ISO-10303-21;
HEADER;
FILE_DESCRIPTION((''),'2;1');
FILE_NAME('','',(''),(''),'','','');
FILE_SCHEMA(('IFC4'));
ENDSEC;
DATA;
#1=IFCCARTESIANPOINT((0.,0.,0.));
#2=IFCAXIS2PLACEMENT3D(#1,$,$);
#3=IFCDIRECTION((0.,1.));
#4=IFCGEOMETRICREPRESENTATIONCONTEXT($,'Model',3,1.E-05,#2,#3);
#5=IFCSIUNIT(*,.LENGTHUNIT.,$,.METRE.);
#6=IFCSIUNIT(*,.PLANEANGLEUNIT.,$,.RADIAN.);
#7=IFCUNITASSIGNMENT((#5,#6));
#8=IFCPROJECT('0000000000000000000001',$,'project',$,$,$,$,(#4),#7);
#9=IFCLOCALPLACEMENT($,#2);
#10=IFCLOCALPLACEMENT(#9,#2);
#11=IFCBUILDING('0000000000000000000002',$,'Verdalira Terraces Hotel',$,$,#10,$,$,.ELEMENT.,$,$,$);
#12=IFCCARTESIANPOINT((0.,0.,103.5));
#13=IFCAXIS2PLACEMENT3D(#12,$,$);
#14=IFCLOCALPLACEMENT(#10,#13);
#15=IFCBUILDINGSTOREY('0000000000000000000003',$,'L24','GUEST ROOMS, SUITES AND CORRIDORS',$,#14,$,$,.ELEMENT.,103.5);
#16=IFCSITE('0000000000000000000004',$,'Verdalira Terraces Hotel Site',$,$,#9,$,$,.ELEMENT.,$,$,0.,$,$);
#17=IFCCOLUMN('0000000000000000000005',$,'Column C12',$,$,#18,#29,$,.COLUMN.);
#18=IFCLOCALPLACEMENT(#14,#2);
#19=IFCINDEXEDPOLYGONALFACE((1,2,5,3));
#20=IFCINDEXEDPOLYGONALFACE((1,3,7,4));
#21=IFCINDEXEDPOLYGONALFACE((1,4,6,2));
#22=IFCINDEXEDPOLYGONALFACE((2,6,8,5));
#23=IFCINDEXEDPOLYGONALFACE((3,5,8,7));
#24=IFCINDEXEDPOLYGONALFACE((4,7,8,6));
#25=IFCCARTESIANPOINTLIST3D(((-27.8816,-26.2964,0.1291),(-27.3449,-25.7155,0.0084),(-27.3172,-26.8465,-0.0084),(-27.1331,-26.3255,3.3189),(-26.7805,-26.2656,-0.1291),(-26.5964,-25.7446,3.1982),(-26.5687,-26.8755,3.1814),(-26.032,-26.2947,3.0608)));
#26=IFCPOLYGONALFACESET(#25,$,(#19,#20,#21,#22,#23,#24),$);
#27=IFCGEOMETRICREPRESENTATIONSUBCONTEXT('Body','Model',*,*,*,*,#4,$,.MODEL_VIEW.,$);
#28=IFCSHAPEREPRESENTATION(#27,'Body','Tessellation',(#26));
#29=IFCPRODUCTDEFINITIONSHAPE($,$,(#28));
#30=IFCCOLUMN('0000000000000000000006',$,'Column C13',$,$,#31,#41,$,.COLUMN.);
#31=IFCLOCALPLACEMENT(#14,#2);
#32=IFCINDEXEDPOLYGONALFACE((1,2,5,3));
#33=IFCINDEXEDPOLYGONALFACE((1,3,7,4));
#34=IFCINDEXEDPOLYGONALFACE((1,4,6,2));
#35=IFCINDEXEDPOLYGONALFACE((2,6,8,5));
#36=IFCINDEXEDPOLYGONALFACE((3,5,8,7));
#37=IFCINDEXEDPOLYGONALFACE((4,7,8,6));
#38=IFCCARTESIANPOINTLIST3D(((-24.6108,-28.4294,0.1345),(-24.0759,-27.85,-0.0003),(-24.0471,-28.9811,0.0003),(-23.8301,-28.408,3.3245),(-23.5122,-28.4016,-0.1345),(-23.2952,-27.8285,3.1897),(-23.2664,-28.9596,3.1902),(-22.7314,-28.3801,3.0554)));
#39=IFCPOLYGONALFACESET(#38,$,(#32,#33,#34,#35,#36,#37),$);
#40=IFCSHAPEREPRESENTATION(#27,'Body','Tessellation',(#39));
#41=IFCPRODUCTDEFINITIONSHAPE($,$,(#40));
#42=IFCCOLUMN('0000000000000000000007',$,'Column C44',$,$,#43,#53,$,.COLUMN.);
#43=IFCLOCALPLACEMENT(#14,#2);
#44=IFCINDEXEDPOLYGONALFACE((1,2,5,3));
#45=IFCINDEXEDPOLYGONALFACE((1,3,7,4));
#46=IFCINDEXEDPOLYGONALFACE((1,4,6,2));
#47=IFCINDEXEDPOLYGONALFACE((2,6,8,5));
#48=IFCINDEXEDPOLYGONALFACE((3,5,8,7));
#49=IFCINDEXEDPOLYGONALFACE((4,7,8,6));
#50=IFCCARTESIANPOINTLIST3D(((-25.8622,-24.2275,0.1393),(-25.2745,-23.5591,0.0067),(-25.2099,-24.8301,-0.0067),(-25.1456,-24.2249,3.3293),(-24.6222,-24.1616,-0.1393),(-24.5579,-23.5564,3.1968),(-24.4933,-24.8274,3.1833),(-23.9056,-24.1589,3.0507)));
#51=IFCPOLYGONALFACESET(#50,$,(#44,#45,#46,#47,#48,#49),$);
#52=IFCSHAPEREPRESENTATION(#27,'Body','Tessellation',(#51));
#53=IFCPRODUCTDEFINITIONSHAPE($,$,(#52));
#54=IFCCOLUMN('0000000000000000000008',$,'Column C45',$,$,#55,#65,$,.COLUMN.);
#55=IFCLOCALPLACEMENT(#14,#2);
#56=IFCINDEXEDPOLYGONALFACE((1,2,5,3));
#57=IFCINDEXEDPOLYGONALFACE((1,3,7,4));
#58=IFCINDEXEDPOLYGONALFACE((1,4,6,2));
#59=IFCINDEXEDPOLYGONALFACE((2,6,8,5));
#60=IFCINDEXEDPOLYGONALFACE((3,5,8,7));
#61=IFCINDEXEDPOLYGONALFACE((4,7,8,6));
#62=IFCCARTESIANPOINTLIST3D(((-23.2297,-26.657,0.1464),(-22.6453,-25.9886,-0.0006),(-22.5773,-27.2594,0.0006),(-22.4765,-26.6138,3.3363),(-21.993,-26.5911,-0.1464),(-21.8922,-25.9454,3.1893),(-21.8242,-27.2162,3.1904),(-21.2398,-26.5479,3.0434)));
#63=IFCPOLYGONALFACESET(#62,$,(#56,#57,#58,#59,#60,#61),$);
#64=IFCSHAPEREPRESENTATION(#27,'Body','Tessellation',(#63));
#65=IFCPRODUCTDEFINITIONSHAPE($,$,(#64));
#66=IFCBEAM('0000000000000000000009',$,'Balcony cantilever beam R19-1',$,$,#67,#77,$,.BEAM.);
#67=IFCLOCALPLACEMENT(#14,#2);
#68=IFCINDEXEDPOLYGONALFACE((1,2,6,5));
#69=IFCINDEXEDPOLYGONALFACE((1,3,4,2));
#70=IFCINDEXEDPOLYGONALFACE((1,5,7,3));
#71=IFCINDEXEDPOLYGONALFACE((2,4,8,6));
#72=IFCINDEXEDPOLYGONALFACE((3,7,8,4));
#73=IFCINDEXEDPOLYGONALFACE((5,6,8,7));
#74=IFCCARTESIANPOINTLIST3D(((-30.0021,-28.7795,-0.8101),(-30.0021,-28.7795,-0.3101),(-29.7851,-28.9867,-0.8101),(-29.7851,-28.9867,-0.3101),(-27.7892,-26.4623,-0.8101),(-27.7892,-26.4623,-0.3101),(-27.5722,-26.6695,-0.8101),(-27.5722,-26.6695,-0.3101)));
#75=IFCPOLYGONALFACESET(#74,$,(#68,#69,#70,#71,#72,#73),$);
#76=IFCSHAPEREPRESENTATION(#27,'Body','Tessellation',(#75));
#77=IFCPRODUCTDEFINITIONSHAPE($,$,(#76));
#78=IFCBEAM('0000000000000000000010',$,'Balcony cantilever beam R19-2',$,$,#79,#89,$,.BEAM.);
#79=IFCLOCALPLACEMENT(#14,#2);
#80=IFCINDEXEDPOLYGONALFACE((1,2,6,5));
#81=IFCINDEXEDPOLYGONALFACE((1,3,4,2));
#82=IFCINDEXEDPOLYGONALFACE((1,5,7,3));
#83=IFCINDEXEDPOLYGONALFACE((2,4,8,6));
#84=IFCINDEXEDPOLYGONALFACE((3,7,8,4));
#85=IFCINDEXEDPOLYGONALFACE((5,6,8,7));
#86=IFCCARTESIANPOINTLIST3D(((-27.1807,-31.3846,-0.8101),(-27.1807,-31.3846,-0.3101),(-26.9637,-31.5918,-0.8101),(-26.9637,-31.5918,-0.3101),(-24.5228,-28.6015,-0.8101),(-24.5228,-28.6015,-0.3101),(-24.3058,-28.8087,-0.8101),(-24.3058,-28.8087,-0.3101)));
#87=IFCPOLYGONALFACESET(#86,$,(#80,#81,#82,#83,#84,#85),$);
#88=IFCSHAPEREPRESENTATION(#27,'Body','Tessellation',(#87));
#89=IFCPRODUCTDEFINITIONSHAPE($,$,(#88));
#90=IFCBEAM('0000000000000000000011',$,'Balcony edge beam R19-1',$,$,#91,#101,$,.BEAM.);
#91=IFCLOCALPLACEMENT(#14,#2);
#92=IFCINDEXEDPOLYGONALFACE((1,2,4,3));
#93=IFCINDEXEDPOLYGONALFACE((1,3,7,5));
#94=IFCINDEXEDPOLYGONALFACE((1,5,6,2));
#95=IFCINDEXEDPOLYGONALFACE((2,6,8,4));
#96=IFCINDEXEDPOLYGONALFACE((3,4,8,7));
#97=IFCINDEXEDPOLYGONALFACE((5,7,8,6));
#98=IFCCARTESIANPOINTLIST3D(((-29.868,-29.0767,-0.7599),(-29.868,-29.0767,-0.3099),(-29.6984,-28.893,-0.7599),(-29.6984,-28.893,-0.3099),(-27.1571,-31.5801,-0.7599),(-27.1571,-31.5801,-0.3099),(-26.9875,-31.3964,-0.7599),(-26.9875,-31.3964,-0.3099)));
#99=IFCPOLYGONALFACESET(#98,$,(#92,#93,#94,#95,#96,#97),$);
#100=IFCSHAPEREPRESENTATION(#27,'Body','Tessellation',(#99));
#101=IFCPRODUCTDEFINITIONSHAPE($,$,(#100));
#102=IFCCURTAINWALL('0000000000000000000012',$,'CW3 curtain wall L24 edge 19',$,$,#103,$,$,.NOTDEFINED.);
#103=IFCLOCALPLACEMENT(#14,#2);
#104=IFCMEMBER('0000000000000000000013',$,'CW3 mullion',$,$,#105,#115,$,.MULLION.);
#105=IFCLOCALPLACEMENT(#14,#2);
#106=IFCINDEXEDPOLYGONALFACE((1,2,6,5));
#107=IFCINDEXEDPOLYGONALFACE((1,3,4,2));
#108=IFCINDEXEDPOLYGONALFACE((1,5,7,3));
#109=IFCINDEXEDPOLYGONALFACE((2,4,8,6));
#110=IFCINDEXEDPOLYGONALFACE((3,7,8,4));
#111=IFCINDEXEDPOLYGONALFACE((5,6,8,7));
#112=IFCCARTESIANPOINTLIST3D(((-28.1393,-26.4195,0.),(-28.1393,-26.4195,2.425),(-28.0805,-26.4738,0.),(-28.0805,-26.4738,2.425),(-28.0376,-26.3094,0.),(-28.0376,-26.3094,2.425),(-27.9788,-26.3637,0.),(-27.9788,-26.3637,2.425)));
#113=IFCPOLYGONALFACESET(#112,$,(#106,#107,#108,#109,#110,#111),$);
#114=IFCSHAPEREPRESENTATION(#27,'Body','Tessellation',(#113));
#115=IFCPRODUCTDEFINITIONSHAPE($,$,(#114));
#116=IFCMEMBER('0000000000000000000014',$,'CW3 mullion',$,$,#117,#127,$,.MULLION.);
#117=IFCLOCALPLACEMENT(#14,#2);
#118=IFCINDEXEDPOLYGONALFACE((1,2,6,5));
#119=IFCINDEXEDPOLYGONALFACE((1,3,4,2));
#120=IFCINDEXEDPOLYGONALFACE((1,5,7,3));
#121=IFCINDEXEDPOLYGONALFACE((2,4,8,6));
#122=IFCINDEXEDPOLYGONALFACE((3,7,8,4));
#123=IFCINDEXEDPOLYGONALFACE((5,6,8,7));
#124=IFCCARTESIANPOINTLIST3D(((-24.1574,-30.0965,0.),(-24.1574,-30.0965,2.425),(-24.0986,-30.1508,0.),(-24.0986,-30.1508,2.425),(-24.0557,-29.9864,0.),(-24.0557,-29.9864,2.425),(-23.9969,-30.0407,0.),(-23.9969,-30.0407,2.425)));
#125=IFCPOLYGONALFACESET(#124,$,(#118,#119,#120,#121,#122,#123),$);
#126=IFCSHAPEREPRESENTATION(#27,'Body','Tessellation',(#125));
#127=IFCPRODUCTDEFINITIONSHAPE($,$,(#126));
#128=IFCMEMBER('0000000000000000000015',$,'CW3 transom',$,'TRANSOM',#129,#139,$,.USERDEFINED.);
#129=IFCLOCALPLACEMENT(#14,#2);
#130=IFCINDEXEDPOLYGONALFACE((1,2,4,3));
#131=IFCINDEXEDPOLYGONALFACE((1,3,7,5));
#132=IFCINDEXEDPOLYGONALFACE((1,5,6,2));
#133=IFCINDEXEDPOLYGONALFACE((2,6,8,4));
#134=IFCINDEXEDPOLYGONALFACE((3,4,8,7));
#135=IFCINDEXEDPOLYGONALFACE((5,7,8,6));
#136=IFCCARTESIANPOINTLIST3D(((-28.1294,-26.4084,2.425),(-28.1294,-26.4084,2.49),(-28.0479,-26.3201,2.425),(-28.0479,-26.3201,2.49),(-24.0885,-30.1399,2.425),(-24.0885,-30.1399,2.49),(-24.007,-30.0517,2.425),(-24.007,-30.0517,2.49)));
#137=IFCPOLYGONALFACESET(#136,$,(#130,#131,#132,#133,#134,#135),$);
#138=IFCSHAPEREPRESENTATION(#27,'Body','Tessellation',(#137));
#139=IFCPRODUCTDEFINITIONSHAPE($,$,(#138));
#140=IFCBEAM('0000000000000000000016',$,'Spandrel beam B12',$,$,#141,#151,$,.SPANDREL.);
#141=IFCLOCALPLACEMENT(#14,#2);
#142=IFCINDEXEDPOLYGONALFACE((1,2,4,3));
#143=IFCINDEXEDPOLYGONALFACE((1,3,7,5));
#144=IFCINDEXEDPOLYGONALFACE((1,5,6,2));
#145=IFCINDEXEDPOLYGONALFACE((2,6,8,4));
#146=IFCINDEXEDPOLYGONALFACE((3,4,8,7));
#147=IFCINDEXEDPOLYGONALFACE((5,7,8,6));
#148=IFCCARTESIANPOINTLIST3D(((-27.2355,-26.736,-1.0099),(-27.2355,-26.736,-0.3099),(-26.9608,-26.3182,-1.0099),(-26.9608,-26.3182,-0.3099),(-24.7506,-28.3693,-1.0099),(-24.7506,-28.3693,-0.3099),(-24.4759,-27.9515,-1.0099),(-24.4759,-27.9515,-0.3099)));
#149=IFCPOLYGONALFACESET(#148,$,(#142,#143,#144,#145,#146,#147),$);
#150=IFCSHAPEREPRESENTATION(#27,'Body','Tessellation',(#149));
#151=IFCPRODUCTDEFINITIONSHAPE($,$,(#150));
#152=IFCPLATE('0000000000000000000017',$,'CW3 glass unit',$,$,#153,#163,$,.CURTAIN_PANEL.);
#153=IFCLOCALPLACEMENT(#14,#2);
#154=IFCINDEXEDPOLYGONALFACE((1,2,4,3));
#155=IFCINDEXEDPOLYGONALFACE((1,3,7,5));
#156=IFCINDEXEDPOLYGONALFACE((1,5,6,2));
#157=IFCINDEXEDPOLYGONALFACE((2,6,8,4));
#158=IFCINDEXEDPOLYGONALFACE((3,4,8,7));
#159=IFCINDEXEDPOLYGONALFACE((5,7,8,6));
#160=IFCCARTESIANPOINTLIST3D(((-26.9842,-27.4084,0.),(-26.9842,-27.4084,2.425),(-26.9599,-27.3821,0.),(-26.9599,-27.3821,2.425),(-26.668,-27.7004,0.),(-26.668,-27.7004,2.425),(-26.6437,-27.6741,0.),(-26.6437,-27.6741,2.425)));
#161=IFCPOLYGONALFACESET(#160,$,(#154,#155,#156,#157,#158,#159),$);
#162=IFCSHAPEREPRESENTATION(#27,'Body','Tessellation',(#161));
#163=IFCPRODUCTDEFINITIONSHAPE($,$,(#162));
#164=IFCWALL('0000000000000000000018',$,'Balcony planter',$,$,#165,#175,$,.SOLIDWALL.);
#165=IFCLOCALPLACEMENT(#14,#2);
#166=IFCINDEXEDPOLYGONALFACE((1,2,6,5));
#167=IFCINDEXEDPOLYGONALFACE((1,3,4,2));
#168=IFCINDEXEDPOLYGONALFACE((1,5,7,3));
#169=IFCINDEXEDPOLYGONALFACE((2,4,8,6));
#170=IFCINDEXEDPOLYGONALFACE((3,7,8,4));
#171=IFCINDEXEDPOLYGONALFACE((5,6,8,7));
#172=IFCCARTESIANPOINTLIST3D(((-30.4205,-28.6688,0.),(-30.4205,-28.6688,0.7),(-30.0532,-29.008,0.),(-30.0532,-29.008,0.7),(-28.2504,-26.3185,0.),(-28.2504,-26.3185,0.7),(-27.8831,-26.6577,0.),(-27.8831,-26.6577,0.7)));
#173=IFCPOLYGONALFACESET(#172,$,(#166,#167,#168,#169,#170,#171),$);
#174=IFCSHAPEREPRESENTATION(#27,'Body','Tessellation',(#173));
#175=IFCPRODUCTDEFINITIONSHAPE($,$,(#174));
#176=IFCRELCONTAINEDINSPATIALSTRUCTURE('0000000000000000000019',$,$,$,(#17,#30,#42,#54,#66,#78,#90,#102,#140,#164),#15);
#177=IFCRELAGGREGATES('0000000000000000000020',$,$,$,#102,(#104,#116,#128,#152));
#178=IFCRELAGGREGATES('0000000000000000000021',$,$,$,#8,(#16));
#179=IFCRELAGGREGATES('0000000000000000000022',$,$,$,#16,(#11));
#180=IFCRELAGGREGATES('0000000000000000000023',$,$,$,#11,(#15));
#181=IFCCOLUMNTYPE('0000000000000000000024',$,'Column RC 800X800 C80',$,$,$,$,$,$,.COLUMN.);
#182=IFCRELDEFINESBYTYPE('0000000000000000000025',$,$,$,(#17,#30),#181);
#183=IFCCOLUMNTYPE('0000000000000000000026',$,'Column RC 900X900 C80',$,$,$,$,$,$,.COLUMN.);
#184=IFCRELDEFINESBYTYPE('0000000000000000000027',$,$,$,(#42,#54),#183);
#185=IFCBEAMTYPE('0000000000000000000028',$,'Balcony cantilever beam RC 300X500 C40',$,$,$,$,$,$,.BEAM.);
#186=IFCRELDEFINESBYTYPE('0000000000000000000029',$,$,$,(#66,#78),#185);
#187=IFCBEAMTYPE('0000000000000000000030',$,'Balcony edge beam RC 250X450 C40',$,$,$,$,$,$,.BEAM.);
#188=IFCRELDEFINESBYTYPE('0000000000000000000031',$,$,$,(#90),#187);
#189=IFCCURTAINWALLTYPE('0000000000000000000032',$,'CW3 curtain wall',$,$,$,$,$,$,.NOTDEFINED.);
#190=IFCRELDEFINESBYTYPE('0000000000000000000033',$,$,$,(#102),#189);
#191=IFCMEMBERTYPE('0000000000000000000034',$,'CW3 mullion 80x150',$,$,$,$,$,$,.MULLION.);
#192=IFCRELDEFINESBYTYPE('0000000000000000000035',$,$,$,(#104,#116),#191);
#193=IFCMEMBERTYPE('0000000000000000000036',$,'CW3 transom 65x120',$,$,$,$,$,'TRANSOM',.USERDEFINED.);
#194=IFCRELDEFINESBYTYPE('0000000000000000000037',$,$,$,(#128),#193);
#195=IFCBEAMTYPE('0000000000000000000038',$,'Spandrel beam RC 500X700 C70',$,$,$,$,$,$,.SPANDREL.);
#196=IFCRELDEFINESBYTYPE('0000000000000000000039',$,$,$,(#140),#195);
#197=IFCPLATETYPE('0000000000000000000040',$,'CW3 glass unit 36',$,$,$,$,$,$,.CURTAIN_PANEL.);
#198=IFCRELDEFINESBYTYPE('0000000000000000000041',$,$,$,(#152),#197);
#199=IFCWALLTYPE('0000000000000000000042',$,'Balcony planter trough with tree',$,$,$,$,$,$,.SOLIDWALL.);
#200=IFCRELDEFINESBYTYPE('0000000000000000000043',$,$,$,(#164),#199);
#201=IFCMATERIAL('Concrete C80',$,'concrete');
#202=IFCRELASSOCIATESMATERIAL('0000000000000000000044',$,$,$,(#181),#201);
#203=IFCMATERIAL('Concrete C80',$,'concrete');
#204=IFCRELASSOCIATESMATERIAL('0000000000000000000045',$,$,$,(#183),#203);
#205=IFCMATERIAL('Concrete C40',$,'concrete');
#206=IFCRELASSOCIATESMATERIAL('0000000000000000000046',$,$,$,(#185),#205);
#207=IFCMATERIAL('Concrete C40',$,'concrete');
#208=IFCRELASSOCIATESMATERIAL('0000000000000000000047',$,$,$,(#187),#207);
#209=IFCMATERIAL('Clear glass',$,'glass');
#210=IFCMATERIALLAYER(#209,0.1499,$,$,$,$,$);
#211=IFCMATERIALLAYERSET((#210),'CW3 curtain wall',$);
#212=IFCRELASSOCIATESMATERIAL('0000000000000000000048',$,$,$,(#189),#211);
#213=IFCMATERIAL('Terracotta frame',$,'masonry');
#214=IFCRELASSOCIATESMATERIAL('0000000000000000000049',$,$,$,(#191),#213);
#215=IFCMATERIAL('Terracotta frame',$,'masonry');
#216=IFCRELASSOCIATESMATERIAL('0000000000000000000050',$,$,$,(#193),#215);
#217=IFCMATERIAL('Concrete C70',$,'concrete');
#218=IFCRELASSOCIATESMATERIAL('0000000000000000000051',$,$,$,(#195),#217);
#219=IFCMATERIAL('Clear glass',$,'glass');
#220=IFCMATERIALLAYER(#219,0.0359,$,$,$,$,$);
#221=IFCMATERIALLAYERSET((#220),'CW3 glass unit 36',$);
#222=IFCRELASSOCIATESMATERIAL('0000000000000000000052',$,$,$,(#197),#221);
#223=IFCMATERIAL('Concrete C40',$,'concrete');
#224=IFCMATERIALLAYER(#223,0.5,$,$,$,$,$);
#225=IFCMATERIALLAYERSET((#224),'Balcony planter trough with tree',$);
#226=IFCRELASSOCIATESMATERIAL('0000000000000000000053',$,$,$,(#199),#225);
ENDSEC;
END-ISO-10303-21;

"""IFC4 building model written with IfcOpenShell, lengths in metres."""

from ifc_helpers import new_model, si_unit, direction, frame, frame_2d, origin, origin_2d, place, context, subcontext, project, spatial, rectangle, extrude, material, layer, layer_set, material_profile, profile_set, type_object, element, aggregate, save


model = new_model("IFC4")

# Units and contexts
model_context = context("Model", 3, precision=1e-05, world=origin(), true_north=direction((0.0, 1.0)))
body_context = subcontext(model_context, "Body", "Model", "MODEL_VIEW")
ifc_project = project(units=[si_unit("LENGTHUNIT", "METRE"), si_unit("PLANEANGLEUNIT", "RADIAN")], contexts=[model_context])

# Site, building, storey
site_placement = place(None, origin())
site = spatial("IfcSite", under=ifc_project, at=site_placement, Name="Verdalira Terraces Hotel Site", CompositionType="ELEMENT", RefElevation=0.0)
building_placement = place(site_placement, origin())
building = spatial("IfcBuilding", under=site, at=building_placement, Name="Verdalira Terraces Hotel", CompositionType="ELEMENT")
storey_placement = place(building_placement, frame((0.0, 0.0, 103.5)))
storey = spatial("IfcBuildingStorey", under=building, at=storey_placement, Name="L24", Description="GUEST ROOMS, SUITES AND CORRIDORS", CompositionType="ELEMENT", Elevation=103.5)

# Columns
ifc_material_1 = material(Name="Concrete C80", Category="concrete")
ifc_material_profile_1 = material_profile(ifc_material_1, rectangle(XDim=0.8, YDim=0.8, at=origin_2d()), Name="RC 800X800")
ifc_profile_set_1 = profile_set([ifc_material_profile_1], Name="Concrete C80")
column_type_1 = type_object("IfcColumnType", Name="Column RC 800X800 C80", PredefinedType="COLUMN", material=ifc_profile_set_1)
column_1_placement = place(storey_placement, frame((-27.3311, -26.281, 0.0), z_axis=(0.228441, -0.008866, 0.973517), x_axis=(0.705509, -0.687559, -0.171813)))
element("IfcColumn", 1, at=column_1_placement, inside=storey, type_object=column_type_1, Name="Column C12", PredefinedType="COLUMN", context=body_context, shape_type="SweptSolid", body=[
    extrude(rectangle(XDim=0.8, YDim=0.8, at=origin_2d()), origin(), (0.0, 0.0, 1.0), 3.2766),
])
column_2_placement = place(storey_placement, frame((-24.0615, -28.4155, 0.0), z_axis=(0.237735, 0.006542, 0.971308), x_axis=(0.704598, -0.689478, -0.167812)))
element("IfcColumn", 2, at=column_2_placement, inside=storey, type_object=column_type_1, Name="Column C13", PredefinedType="COLUMN", context=body_context, shape_type="SweptSolid", body=[
    extrude(rectangle(XDim=0.8, YDim=0.8, at=origin_2d()), origin(), (0.0, 0.0, 1.0), 3.2842),
])
ifc_material_2 = material(Name="Concrete C80", Category="concrete")
ifc_material_profile_2 = material_profile(ifc_material_2, rectangle(XDim=0.8999, YDim=0.8999, at=origin_2d()), Name="RC 900X900")
ifc_profile_set_2 = profile_set([ifc_material_profile_2], Name="Concrete C80")
column_type_2 = type_object("IfcColumnType", Name="Column RC 900X900 C80", PredefinedType="COLUMN", material=ifc_profile_set_2)
column_3_placement = place(storey_placement, frame((-25.2422, -24.1946, 0.0), z_axis=(0.219167, 0.000821, 0.975687), x_axis=(-0.653123, -0.74278, 0.147336)))
element("IfcColumn", 3, at=column_3_placement, inside=storey, type_object=column_type_2, Name="Column C44", PredefinedType="COLUMN", context=body_context, shape_type="SweptSolid", body=[
    extrude(rectangle(XDim=0.8999, YDim=0.8999, at=origin_2d()), origin(), (0.0, 0.0, 1.0), 3.2695),
])
column_4_placement = place(storey_placement, frame((-22.6113, -26.624, 0.0), z_axis=(0.229771, 0.013183, 0.973155), x_axis=(-0.649383, -0.742702, 0.163386)))
element("IfcColumn", 4, at=column_4_placement, inside=storey, type_object=column_type_2, Name="Column C45", PredefinedType="COLUMN", context=body_context, shape_type="SweptSolid", body=[
    extrude(rectangle(XDim=0.8999, YDim=0.8999, at=origin_2d()), origin(), (0.0, 0.0, 1.0), 3.2778),
])

# Beams
ifc_material_3 = material(Name="Concrete C40", Category="concrete")
ifc_material_profile_3 = material_profile(ifc_material_3, rectangle(XDim=0.3, YDim=0.5, at=origin_2d()), Name="RC 300X500")
ifc_profile_set_3 = profile_set([ifc_material_profile_3], Name="Concrete C40")
beam_type_1 = type_object("IfcBeamType", Name="Balcony cantilever beam RC 300X500 C40", PredefinedType="BEAM", material=ifc_profile_set_3)
beam_1_placement = place(storey_placement, frame((-27.6807, -26.5659, -0.5601), z_axis=(-0.690652, -0.723188, 0.0), x_axis=(0.723188, -0.690652, 0.0)))
element("IfcBeam", 5, at=beam_1_placement, inside=storey, type_object=beam_type_1, Name="Balcony cantilever beam R19-1", PredefinedType="BEAM", context=body_context, shape_type="SweptSolid", body=[
    extrude(rectangle(XDim=0.3, YDim=0.5, at=origin_2d()), origin(), (0.0, 0.0, 1.0), 3.2041),
])
beam_2_placement = place(storey_placement, frame((-24.4143, -28.7051, -0.5601), z_axis=(-0.690648, -0.723191, 0.0), x_axis=(0.723191, -0.690648, 0.0)))
element("IfcBeam", 6, at=beam_2_placement, inside=storey, type_object=beam_type_1, Name="Balcony cantilever beam R19-2", PredefinedType="BEAM", context=body_context, shape_type="SweptSolid", body=[
    extrude(rectangle(XDim=0.3, YDim=0.5, at=origin_2d()), origin(), (0.0, 0.0, 1.0), 3.8484),
])
ifc_material_4 = material(Name="Concrete C40", Category="concrete")
ifc_material_profile_4 = material_profile(ifc_material_4, rectangle(XDim=0.25, YDim=0.45, at=origin_2d()), Name="RC 250X450")
ifc_profile_set_4 = profile_set([ifc_material_profile_4], Name="Concrete C40")
beam_type_2 = type_object("IfcBeamType", Name="Balcony edge beam RC 250X450 C40", PredefinedType="BEAM", material=ifc_profile_set_4)
beam_3_placement = place(storey_placement, frame((-29.7832, -28.9849, -0.5349), z_axis=(0.734666, -0.678428, 0.0), x_axis=(0.678428, 0.734666, 0.0)))
element("IfcBeam", 7, at=beam_3_placement, inside=storey, type_object=beam_type_2, Name="Balcony edge beam R19-1", PredefinedType="BEAM", context=body_context, shape_type="SweptSolid", body=[
    extrude(rectangle(XDim=0.25, YDim=0.45, at=origin_2d()), origin(), (0.0, 0.0, 1.0), 3.6899),
])

# Curtain wall, members
ifc_material_5 = material(Name="Clear glass", Category="glass")
ifc_layer_1 = layer(ifc_material_5, 0.1499)
ifc_layer_set_1 = layer_set([ifc_layer_1], Name="CW3 curtain wall")
curtain_wall_type = type_object("IfcCurtainWallType", Name="CW3 curtain wall", PredefinedType="NOTDEFINED", material=ifc_layer_set_1)
curtain_wall_placement = place(storey_placement, origin())
curtain_wall = element("IfcCurtainWall", 8, at=curtain_wall_placement, inside=storey, type_object=curtain_wall_type, Name="CW3 curtain wall L24 edge 19", PredefinedType="NOTDEFINED")
ifc_material_6 = material(Name="Terracotta frame", Category="masonry")
ifc_material_profile_5 = material_profile(ifc_material_6, rectangle(XDim=0.0801, YDim=0.1499, at=origin_2d()), Name="MU 80x150")
ifc_profile_set_5 = profile_set([ifc_material_profile_5], Name="Terracotta frame")
member_type_1 = type_object("IfcMemberType", Name="CW3 mullion 80x150", PredefinedType="MULLION", material=ifc_profile_set_5)
member_1_placement = place(storey_placement, frame((-28.0591, -26.3916, 0.0), z_axis=(0.0, 0.0, 1.0), x_axis=(0.734678, -0.678416, 0.0)))
member_1 = element("IfcMember", 9, at=member_1_placement, type_object=member_type_1, Name="CW3 mullion", PredefinedType="MULLION", context=body_context, shape_type="SweptSolid", body=[
    extrude(rectangle(XDim=0.0801, YDim=0.1499, at=origin_2d()), origin(), (0.0, 0.0, 1.0), 2.425),
])
member_2_placement = place(storey_placement, frame((-24.0771, -30.0686, 0.0), z_axis=(0.0, 0.0, 1.0), x_axis=(0.734678, -0.678416, 0.0)))
member_2 = element("IfcMember", 10, at=member_2_placement, type_object=member_type_1, Name="CW3 mullion", PredefinedType="MULLION", context=body_context, shape_type="SweptSolid", body=[
    extrude(rectangle(XDim=0.0801, YDim=0.1499, at=origin_2d()), origin(), (0.0, 0.0, 1.0), 2.425),
])
ifc_material_7 = material(Name="Terracotta frame", Category="masonry")
ifc_material_profile_6 = material_profile(ifc_material_7, rectangle(XDim=0.1201, YDim=0.0649, at=origin_2d()), Name="TR 65x120")
ifc_profile_set_6 = profile_set([ifc_material_profile_6], Name="Terracotta frame")
member_type_2 = type_object("IfcMemberType", Name="CW3 transom 65x120", ElementType="TRANSOM", PredefinedType="USERDEFINED", material=ifc_profile_set_6)
member_3_placement = place(storey_placement, frame((-28.0886, -26.3643, 2.4575), z_axis=(0.734667, -0.678428, 0.0), x_axis=(0.678428, 0.734667, 0.0)))
member_3 = element("IfcMember", 11, at=member_3_placement, type_object=member_type_2, Name="CW3 transom", ObjectType="TRANSOM", PredefinedType="USERDEFINED", context=body_context, shape_type="SweptSolid", body=[
    extrude(rectangle(XDim=0.1201, YDim=0.0649, at=origin_2d()), origin(), (0.0, 0.0, 1.0), 5.5002),
])

# Beam
ifc_material_8 = material(Name="Concrete C70", Category="concrete")
ifc_material_profile_7 = material_profile(ifc_material_8, rectangle(XDim=0.5, YDim=0.7, at=origin_2d()), Name="RC 500X700")
ifc_profile_set_7 = profile_set([ifc_material_profile_7], Name="Concrete C70")
beam_type_3 = type_object("IfcBeamType", Name="Spandrel beam RC 500X700 C70", PredefinedType="SPANDREL", material=ifc_profile_set_7)
beam_4_placement = place(storey_placement, frame((-27.0981, -26.5271, -0.6599), z_axis=(0.835645, -0.54927, 0.0), x_axis=(0.54927, 0.835645, 0.0)))
element("IfcBeam", 12, at=beam_4_placement, inside=storey, type_object=beam_type_3, Name="Spandrel beam B12", PredefinedType="SPANDREL", context=body_context, shape_type="SweptSolid", body=[
    extrude(rectangle(XDim=0.5, YDim=0.7, at=origin_2d()), origin(), (0.0, 0.0, 1.0), 2.9736),
])

# Plate
ifc_material_9 = material(Name="Clear glass", Category="glass")
ifc_layer_2 = layer(ifc_material_9, 0.0359)
ifc_layer_set_2 = layer_set([ifc_layer_2], Name="CW3 glass unit 36")
plate_type = type_object("IfcPlateType", Name="CW3 glass unit 36", PredefinedType="CURTAIN_PANEL", material=ifc_layer_set_2)
plate_placement = place(storey_placement, frame((-26.814, -27.5413, 0.0), z_axis=(0.0, 0.0, 1.0), x_axis=(0.734678, -0.678416, 0.0)))
plate = element("IfcPlate", 13, at=plate_placement, type_object=plate_type, Name="CW3 glass unit", PredefinedType="CURTAIN_PANEL", context=body_context, shape_type="SweptSolid", body=[
    extrude(rectangle(XDim=0.4304, YDim=0.0359, at=origin_2d()), origin(), (0.0, 0.0, 1.0), 2.425),
])
aggregate(curtain_wall, [member_1, member_2, member_3, plate])

# Wall
ifc_material_10 = material(Name="Concrete C40", Category="concrete")
ifc_layer_3 = layer(ifc_material_10, 0.5)
ifc_layer_set_3 = layer_set([ifc_layer_3], Name="Balcony planter trough with tree")
wall_type_1 = type_object("IfcWallType", Name="Balcony planter trough with tree", PredefinedType="SOLIDWALL", material=ifc_layer_set_3)
wall_1_placement = place(storey_placement, frame((-28.0666, -26.488, 0.0), z_axis=(0.0, 0.0, 1.0), x_axis=(-0.678385, -0.734707, 0.0)))
element("IfcWall", 14, at=wall_1_placement, inside=storey, type_object=wall_type_1, Name="Balcony planter", PredefinedType="SOLIDWALL", context=body_context, shape_type="SweptSolid", body=[
    extrude(rectangle(XDim=3.199, YDim=0.5, at=frame_2d((1.5996, 0.0))), origin(), (0.0, 0.0, 1.0), 0.7),
])

save(model, "model.ifc")
